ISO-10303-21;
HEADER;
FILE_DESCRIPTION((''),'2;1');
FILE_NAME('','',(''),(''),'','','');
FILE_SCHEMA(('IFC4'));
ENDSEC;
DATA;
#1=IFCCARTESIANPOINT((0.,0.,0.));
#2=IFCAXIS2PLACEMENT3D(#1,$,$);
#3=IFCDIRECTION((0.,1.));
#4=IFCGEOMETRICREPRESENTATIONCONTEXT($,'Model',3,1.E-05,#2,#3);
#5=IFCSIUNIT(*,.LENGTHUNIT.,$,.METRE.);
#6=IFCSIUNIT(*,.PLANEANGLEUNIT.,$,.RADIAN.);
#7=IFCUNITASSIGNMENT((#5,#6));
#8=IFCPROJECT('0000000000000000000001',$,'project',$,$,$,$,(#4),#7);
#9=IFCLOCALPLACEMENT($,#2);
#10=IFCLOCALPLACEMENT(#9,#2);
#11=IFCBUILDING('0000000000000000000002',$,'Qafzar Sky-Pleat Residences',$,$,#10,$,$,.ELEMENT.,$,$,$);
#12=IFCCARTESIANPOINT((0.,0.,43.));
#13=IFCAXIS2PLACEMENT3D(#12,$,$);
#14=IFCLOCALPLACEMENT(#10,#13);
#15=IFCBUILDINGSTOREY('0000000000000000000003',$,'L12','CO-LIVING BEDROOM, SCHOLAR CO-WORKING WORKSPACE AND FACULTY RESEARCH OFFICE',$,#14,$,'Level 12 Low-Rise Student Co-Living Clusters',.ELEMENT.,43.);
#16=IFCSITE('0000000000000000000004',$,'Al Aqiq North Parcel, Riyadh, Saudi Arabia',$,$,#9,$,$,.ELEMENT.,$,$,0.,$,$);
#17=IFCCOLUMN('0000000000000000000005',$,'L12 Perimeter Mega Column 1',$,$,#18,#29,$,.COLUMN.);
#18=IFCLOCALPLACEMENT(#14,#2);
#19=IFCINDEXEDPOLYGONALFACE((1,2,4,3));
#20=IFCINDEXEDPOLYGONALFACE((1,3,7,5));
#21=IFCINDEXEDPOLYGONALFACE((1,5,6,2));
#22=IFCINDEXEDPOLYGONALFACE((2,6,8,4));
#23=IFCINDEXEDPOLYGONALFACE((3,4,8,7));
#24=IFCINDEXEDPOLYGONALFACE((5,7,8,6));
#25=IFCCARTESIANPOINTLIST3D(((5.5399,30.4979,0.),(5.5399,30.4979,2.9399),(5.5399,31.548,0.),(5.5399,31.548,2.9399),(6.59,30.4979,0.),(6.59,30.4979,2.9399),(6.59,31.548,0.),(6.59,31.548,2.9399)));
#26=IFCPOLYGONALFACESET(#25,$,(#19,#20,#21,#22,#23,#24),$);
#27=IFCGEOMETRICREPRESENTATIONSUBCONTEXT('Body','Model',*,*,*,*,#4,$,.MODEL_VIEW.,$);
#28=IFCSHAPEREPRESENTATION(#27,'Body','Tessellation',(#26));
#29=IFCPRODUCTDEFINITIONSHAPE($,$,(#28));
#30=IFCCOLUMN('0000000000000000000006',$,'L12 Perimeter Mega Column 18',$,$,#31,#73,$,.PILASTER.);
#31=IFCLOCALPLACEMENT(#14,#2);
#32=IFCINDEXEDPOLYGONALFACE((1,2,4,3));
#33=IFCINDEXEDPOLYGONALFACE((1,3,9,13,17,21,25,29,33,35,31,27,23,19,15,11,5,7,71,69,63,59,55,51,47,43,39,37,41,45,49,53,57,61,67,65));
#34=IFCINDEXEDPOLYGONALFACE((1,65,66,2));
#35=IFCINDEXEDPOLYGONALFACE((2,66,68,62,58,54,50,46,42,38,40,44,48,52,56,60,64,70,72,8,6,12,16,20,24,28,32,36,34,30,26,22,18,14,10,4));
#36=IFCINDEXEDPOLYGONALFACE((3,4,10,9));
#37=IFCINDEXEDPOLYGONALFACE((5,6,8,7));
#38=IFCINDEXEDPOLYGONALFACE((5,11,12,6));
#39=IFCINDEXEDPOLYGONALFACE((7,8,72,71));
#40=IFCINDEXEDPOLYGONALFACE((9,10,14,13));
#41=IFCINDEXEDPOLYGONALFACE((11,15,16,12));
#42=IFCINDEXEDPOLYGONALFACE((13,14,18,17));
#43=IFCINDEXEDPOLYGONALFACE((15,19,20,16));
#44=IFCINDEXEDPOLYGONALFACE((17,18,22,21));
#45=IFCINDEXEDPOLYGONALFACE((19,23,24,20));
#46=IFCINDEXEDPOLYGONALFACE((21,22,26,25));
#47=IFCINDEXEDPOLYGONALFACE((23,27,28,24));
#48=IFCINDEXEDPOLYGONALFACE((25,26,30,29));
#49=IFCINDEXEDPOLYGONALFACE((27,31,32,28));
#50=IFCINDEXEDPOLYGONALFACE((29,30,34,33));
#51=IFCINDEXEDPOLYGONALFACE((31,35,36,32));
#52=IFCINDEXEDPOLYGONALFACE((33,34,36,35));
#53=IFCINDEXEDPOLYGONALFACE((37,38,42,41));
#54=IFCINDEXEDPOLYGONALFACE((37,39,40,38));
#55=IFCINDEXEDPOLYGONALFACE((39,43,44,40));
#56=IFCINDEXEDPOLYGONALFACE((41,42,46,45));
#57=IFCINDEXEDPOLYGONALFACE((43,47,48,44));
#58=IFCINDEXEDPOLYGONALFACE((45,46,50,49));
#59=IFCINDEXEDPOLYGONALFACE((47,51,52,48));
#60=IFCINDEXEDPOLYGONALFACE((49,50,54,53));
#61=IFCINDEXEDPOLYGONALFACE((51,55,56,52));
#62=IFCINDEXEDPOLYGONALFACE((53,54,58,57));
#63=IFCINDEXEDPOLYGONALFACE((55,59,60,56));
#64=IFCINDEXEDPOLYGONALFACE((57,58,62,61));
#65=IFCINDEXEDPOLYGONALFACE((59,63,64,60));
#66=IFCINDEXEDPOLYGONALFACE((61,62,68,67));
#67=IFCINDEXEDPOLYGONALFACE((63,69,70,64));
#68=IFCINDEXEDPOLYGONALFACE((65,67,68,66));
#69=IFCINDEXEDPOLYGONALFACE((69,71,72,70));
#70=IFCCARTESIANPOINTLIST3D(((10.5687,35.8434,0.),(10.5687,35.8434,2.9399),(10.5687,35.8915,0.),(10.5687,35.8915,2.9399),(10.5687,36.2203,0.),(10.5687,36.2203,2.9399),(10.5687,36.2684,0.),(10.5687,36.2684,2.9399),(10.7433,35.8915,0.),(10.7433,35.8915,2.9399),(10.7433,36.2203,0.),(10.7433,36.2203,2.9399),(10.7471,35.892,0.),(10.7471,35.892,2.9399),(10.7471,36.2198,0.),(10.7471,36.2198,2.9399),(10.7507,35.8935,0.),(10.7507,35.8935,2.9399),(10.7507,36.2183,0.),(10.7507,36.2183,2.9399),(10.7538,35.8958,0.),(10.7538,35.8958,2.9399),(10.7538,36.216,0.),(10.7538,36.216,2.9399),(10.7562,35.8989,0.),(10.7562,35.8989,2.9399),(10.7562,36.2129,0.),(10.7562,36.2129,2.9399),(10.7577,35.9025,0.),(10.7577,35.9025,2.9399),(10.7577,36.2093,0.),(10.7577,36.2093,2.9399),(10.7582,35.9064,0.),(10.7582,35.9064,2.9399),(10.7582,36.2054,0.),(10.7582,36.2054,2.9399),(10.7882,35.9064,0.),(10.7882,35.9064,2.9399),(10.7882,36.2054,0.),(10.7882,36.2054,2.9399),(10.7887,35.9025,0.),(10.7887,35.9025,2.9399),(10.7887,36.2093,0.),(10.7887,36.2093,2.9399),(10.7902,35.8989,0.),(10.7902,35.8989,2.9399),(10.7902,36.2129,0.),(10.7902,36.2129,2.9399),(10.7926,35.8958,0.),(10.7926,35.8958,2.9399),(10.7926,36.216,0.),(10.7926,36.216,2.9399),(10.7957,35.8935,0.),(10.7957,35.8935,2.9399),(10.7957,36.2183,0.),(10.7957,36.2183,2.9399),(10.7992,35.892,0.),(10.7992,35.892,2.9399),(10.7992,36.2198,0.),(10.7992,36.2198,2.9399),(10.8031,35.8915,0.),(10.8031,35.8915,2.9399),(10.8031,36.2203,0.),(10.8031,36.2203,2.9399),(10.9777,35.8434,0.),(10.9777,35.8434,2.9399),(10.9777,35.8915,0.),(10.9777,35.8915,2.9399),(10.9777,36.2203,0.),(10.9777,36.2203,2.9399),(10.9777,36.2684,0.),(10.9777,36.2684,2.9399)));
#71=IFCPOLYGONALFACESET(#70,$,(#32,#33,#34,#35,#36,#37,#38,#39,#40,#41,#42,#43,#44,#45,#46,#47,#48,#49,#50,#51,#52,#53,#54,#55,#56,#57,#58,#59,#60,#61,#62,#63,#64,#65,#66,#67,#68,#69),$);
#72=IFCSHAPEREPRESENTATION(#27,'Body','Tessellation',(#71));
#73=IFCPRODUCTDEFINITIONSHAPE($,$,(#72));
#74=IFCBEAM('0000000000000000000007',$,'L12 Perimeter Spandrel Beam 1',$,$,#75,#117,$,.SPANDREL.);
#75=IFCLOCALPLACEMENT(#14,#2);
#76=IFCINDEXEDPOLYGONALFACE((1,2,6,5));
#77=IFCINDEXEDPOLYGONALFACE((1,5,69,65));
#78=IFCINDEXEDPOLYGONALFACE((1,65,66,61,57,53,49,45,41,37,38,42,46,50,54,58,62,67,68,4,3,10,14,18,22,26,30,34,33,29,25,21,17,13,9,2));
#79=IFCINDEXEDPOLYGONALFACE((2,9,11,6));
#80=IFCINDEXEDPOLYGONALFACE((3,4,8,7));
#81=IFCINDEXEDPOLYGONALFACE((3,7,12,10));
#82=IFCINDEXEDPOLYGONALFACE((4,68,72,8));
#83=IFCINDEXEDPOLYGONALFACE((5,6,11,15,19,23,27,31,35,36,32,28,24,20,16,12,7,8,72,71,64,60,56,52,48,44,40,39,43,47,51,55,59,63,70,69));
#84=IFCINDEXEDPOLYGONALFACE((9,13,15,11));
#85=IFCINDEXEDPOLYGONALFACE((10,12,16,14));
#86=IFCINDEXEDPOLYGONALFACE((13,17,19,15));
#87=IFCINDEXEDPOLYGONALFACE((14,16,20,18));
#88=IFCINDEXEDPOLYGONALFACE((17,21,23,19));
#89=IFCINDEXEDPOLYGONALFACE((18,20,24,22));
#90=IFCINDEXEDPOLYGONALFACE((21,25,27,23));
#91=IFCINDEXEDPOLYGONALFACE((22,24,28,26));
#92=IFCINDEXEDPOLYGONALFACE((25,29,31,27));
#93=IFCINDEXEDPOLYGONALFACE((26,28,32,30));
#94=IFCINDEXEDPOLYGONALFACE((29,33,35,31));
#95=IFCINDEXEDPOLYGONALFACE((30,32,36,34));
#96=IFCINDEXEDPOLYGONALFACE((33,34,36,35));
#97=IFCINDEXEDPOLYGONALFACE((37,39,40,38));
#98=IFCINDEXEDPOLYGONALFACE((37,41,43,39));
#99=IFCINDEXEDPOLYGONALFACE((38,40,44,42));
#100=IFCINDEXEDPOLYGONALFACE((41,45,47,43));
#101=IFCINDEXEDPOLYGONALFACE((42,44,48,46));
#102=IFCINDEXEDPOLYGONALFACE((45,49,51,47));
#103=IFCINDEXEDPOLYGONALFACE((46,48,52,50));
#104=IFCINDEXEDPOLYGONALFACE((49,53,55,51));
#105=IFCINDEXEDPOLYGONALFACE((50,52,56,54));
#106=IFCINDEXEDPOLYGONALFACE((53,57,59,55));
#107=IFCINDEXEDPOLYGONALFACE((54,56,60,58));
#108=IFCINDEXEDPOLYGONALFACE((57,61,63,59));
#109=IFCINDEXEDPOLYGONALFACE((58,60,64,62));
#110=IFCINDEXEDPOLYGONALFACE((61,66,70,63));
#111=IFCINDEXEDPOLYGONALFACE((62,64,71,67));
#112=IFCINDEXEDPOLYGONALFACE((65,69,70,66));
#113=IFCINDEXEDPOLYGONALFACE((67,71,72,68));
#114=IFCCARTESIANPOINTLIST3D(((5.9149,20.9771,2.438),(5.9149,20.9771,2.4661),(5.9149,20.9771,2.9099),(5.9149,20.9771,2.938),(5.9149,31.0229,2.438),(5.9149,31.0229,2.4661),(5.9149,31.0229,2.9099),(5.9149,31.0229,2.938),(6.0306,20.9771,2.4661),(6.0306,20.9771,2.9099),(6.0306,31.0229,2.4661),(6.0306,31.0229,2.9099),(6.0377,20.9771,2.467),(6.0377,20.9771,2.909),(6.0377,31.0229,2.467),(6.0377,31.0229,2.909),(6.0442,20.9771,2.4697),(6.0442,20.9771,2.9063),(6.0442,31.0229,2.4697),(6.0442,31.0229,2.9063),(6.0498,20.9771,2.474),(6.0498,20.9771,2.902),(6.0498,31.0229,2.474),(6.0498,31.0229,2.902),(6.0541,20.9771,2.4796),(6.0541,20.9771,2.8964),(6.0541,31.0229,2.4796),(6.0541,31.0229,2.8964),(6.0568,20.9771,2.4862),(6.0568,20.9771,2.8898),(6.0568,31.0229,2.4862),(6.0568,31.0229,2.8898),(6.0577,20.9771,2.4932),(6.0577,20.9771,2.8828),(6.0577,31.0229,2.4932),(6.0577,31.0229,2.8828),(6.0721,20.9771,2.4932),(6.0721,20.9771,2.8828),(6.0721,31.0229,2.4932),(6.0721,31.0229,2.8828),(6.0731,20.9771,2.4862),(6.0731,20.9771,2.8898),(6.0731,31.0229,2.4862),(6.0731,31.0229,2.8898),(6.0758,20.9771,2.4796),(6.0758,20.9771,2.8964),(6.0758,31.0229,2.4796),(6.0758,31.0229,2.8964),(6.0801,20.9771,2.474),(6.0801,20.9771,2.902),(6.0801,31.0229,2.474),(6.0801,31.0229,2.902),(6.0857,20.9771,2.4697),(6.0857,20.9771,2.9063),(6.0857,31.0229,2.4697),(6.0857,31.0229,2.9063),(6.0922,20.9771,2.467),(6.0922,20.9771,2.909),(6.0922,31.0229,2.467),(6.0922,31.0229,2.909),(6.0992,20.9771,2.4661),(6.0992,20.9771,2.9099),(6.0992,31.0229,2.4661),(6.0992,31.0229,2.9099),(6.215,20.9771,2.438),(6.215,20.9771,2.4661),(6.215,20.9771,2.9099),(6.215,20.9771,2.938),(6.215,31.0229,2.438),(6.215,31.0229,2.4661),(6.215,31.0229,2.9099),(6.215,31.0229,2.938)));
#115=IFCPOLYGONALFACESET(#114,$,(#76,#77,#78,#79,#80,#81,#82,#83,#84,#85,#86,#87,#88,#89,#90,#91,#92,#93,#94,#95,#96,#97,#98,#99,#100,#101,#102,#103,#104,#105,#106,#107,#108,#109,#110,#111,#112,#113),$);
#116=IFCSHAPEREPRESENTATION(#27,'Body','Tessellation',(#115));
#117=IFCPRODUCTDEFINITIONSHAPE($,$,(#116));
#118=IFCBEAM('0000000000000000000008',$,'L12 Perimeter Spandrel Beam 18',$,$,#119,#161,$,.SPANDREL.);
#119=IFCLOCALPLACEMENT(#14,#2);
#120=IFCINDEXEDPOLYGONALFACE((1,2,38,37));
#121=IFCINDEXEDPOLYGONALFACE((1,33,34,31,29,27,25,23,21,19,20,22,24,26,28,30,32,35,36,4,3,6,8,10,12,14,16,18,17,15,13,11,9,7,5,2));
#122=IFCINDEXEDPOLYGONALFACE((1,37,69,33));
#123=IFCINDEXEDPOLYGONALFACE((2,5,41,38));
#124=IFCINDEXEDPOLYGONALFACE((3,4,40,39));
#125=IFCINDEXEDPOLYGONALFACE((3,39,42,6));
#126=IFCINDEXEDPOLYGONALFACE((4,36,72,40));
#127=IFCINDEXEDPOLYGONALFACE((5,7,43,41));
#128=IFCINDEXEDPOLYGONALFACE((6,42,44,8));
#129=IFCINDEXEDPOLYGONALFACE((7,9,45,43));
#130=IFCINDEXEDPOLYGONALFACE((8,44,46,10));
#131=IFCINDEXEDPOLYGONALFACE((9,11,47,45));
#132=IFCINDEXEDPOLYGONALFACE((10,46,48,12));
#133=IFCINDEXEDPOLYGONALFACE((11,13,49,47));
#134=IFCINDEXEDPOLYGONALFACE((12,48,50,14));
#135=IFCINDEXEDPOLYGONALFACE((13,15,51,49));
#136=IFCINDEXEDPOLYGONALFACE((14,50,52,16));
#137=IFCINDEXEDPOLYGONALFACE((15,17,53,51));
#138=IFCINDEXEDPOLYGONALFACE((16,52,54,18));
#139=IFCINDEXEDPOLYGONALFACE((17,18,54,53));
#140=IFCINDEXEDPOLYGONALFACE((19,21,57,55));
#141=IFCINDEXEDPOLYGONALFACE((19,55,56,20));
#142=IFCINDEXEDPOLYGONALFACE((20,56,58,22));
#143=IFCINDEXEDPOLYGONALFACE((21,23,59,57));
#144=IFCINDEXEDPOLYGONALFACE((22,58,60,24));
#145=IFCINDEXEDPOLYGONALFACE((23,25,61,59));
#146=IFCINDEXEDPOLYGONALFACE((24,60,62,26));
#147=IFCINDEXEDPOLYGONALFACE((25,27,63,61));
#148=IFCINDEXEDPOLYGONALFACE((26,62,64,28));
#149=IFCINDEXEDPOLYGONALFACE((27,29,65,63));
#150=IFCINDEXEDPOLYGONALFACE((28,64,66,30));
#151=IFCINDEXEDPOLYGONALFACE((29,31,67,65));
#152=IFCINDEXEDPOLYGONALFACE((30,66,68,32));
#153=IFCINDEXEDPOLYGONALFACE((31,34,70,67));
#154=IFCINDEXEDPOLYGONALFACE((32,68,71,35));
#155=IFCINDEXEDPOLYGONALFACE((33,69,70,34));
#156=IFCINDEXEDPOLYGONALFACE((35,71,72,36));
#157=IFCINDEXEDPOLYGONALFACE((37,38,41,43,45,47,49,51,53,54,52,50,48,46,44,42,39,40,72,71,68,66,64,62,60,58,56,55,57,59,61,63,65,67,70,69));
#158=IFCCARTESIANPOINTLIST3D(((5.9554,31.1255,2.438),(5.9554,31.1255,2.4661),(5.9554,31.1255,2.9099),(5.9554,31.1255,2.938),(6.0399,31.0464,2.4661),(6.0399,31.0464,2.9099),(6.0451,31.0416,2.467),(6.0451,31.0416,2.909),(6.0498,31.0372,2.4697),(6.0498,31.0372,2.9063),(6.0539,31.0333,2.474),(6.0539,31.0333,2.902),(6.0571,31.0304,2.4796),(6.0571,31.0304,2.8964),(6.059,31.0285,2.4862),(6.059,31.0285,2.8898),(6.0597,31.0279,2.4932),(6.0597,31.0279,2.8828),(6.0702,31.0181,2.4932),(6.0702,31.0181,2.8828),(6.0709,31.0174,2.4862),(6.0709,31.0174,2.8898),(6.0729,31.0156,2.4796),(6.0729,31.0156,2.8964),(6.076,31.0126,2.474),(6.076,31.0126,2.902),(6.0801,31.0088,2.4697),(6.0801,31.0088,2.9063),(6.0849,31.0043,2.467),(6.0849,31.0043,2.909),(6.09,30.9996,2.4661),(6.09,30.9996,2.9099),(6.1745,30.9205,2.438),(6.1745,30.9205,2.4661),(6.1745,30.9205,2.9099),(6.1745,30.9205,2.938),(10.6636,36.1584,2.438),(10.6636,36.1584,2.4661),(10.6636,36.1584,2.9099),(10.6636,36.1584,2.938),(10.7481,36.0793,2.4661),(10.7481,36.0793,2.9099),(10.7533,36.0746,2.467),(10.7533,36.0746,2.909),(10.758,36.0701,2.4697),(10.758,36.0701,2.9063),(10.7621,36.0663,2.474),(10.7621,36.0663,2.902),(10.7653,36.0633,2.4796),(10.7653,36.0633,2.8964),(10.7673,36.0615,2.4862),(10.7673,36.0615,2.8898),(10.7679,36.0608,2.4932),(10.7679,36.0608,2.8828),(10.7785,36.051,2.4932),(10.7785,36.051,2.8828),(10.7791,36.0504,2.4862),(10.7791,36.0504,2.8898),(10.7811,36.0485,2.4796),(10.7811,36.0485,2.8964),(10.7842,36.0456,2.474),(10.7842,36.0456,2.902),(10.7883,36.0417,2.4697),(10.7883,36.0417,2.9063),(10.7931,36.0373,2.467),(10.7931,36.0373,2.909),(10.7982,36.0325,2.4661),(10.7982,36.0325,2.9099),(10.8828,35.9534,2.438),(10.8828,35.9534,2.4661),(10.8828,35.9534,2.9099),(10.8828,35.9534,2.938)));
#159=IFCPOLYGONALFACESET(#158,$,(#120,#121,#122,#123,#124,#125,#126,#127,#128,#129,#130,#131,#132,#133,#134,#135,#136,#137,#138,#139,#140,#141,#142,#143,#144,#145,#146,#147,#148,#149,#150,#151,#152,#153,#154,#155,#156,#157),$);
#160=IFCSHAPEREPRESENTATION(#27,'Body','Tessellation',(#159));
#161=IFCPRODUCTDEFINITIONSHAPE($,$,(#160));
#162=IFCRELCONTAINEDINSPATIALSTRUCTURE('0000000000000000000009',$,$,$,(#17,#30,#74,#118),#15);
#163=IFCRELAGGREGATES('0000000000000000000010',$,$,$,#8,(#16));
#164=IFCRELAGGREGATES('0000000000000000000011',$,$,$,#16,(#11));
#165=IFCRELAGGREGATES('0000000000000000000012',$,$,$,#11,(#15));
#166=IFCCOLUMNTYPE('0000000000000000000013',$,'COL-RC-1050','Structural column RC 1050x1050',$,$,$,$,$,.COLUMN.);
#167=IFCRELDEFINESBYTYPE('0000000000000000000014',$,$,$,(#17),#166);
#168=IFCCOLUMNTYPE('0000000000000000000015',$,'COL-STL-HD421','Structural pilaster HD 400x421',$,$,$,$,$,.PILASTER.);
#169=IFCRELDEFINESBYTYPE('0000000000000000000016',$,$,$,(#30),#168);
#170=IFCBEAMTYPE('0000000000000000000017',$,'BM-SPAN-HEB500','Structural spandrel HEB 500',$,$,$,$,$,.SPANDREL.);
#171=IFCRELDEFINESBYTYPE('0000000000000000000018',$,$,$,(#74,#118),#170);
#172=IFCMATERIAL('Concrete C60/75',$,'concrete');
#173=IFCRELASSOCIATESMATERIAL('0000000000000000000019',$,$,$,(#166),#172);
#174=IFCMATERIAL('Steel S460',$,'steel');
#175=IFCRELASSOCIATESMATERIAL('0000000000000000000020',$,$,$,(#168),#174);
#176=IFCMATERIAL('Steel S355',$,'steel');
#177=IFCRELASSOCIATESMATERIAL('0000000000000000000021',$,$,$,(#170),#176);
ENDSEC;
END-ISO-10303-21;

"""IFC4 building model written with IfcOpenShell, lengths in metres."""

from ifc_helpers import new_model, si_unit, direction, frame, origin, origin_2d, place, context, subcontext, project, spatial, rectangle, i_section, extrude, source, transform, mapped, material, material_profile, profile_set, type_object, element, save


model = new_model("IFC4")

# Units and contexts
model_context = context("Model", 3, precision=1e-05, world=origin(), true_north=direction((0.0, 1.0)))
body_context = subcontext(model_context, "Body", "Model", "MODEL_VIEW")
ifc_project = project(units=[si_unit("LENGTHUNIT", "METRE"), si_unit("PLANEANGLEUNIT", "RADIAN")], contexts=[model_context])

# Site, building, storey
site_placement = place(None, origin())
site = spatial("IfcSite", under=ifc_project, at=site_placement, Name="Al Aqiq North Parcel, Riyadh, Saudi Arabia", CompositionType="ELEMENT", RefElevation=0.0)
building_placement = place(site_placement, origin())
building = spatial("IfcBuilding", under=site, at=building_placement, Name="Qafzar Sky-Pleat Residences", CompositionType="ELEMENT")
storey_placement = place(building_placement, frame((0.0, 0.0, 43.0)))
storey = spatial("IfcBuildingStorey", under=building, at=storey_placement, Name="L12", Description="CO-LIVING BEDROOM, SCHOLAR CO-WORKING WORKSPACE AND FACULTY RESEARCH OFFICE", LongName="Level 12 Low-Rise Student Co-Living Clusters", CompositionType="ELEMENT", Elevation=43.0)

# Columns
ifc_material_1 = material(Name="Concrete C60/75", Category="concrete")
ifc_material_profile_1 = material_profile(ifc_material_1, rectangle(XDim=1.05, YDim=1.05, at=origin_2d()), Name="RC 1050x1050")
ifc_profile_set_1 = profile_set([ifc_material_profile_1], Name="Concrete C60/75")
column_type_1 = type_object("IfcColumnType", Name="COL-RC-1050", Description="Structural column RC 1050x1050", PredefinedType="COLUMN", material=ifc_profile_set_1)
shared_shape_1 = source(origin(), body_context, "Body", "SweptSolid", [
    extrude(rectangle(XDim=1.05, YDim=1.05, at=origin_2d()), origin(), (0.0, 0.0, 1.0), 2.9399),
])
column_1_placement = place(storey_placement, frame((6.0649, 31.0229, 0.0), z_axis=(0.0, 0.0, 1.0), x_axis=(1.0, 0.0, 0.0)))
element("IfcColumn", 1, at=column_1_placement, inside=storey, type_object=column_type_1, Name="L12 Perimeter Mega Column 1", PredefinedType="COLUMN", context=body_context, shape_type="MappedRepresentation", body=[
    mapped(shared_shape_1, transform((0.0, 0.0, 0.0), x_axis=(1.0, 0.0, 0.0), y_axis=(0.0, 1.0, 0.0), z_axis=(0.0, 0.0, 1.0), scale=1.0)),
])
ifc_material_2 = material(Name="Steel S460", Category="steel")
ifc_material_profile_2 = material_profile(ifc_material_2, i_section(OverallWidth=0.4089, OverallDepth=0.425, WebThickness=0.03, FlangeThickness=0.0481, FilletRadius=0.0149, at=origin_2d()), Name="HD 400x421")
ifc_profile_set_2 = profile_set([ifc_material_profile_2], Name="Steel S460")
column_type_2 = type_object("IfcColumnType", Name="COL-STL-HD421", Description="Structural pilaster HD 400x421", PredefinedType="PILASTER", material=ifc_profile_set_2)
shared_shape_2 = source(origin(), body_context, "Body", "SweptSolid", [
    extrude(i_section(OverallWidth=0.4089, OverallDepth=0.425, WebThickness=0.03, FlangeThickness=0.0481, FilletRadius=0.0149, at=origin_2d()), origin(), (0.0, 0.0, 1.0), 2.9399),
])
column_2_placement = place(storey_placement, frame((10.7732, 36.0559, 0.0), z_axis=(0.0, 0.0, 1.0), x_axis=(1.0, 0.0, 0.0)))
element("IfcColumn", 2, at=column_2_placement, inside=storey, type_object=column_type_2, Name="L12 Perimeter Mega Column 18", PredefinedType="PILASTER", context=body_context, shape_type="MappedRepresentation", body=[
    mapped(shared_shape_2, transform((0.0, 0.0, 0.0), x_axis=(1.0, 0.0, 0.0), y_axis=(0.0, 1.0, 0.0), z_axis=(0.0, 0.0, 1.0), scale=1.0)),
])

# Beams
ifc_material_3 = material(Name="Steel S355", Category="steel")
ifc_material_profile_3 = material_profile(ifc_material_3, i_section(OverallWidth=0.3, OverallDepth=0.5, WebThickness=0.0144, FlangeThickness=0.0281, FilletRadius=0.0271, at=origin_2d()), Name="HEB 500")
ifc_profile_set_3 = profile_set([ifc_material_profile_3], Name="Steel S355")
beam_type_1 = type_object("IfcBeamType", Name="BM-SPAN-HEB500", Description="Structural spandrel HEB 500", PredefinedType="SPANDREL", material=ifc_profile_set_3)
shared_shape_3 = source(origin(), body_context, "Body", "SweptSolid", [
    extrude(i_section(OverallWidth=0.3, OverallDepth=0.5, WebThickness=0.0144, FlangeThickness=0.0281, FilletRadius=0.0271, at=origin_2d()), origin(), (0.0, 0.0, 1.0), 10.0459),
])
beam_1_placement = place(storey_placement, frame((6.0649, 31.0229, 2.688), z_axis=(0.0, -1.0, 0.0), x_axis=(1.0, 0.0, 0.0)))
element("IfcBeam", 3, at=beam_1_placement, inside=storey, type_object=beam_type_1, Name="L12 Perimeter Spandrel Beam 1", PredefinedType="SPANDREL", context=body_context, shape_type="MappedRepresentation", body=[
    mapped(shared_shape_3, transform((0.0, 0.0, 0.0), x_axis=(1.0, 0.0, 0.0), y_axis=(0.0, 1.0, 0.0), z_axis=(0.0, 0.0, 1.0), scale=1.0)),
])
shared_shape_4 = source(origin(), body_context, "Body", "SweptSolid", [
    extrude(i_section(OverallWidth=0.3, OverallDepth=0.5, WebThickness=0.0144, FlangeThickness=0.0281, FilletRadius=0.0271, at=origin_2d()), origin(), (0.0, 0.0, 1.0), 6.8918),
])
beam_2_placement = place(storey_placement, frame((10.7732, 36.0559, 2.688), z_axis=(-0.683157, -0.730271, 0.0), x_axis=(0.730271, -0.683157, 0.0)))
element("IfcBeam", 4, at=beam_2_placement, inside=storey, type_object=beam_type_1, Name="L12 Perimeter Spandrel Beam 18", PredefinedType="SPANDREL", context=body_context, shape_type="MappedRepresentation", body=[
    mapped(shared_shape_4, transform((0.0, 0.0, 0.0), x_axis=(1.0, 0.0, 0.0), y_axis=(0.0, 1.0, 0.0), z_axis=(0.0, 0.0, 1.0), scale=1.0)),
])

save(model, "model.ifc")
